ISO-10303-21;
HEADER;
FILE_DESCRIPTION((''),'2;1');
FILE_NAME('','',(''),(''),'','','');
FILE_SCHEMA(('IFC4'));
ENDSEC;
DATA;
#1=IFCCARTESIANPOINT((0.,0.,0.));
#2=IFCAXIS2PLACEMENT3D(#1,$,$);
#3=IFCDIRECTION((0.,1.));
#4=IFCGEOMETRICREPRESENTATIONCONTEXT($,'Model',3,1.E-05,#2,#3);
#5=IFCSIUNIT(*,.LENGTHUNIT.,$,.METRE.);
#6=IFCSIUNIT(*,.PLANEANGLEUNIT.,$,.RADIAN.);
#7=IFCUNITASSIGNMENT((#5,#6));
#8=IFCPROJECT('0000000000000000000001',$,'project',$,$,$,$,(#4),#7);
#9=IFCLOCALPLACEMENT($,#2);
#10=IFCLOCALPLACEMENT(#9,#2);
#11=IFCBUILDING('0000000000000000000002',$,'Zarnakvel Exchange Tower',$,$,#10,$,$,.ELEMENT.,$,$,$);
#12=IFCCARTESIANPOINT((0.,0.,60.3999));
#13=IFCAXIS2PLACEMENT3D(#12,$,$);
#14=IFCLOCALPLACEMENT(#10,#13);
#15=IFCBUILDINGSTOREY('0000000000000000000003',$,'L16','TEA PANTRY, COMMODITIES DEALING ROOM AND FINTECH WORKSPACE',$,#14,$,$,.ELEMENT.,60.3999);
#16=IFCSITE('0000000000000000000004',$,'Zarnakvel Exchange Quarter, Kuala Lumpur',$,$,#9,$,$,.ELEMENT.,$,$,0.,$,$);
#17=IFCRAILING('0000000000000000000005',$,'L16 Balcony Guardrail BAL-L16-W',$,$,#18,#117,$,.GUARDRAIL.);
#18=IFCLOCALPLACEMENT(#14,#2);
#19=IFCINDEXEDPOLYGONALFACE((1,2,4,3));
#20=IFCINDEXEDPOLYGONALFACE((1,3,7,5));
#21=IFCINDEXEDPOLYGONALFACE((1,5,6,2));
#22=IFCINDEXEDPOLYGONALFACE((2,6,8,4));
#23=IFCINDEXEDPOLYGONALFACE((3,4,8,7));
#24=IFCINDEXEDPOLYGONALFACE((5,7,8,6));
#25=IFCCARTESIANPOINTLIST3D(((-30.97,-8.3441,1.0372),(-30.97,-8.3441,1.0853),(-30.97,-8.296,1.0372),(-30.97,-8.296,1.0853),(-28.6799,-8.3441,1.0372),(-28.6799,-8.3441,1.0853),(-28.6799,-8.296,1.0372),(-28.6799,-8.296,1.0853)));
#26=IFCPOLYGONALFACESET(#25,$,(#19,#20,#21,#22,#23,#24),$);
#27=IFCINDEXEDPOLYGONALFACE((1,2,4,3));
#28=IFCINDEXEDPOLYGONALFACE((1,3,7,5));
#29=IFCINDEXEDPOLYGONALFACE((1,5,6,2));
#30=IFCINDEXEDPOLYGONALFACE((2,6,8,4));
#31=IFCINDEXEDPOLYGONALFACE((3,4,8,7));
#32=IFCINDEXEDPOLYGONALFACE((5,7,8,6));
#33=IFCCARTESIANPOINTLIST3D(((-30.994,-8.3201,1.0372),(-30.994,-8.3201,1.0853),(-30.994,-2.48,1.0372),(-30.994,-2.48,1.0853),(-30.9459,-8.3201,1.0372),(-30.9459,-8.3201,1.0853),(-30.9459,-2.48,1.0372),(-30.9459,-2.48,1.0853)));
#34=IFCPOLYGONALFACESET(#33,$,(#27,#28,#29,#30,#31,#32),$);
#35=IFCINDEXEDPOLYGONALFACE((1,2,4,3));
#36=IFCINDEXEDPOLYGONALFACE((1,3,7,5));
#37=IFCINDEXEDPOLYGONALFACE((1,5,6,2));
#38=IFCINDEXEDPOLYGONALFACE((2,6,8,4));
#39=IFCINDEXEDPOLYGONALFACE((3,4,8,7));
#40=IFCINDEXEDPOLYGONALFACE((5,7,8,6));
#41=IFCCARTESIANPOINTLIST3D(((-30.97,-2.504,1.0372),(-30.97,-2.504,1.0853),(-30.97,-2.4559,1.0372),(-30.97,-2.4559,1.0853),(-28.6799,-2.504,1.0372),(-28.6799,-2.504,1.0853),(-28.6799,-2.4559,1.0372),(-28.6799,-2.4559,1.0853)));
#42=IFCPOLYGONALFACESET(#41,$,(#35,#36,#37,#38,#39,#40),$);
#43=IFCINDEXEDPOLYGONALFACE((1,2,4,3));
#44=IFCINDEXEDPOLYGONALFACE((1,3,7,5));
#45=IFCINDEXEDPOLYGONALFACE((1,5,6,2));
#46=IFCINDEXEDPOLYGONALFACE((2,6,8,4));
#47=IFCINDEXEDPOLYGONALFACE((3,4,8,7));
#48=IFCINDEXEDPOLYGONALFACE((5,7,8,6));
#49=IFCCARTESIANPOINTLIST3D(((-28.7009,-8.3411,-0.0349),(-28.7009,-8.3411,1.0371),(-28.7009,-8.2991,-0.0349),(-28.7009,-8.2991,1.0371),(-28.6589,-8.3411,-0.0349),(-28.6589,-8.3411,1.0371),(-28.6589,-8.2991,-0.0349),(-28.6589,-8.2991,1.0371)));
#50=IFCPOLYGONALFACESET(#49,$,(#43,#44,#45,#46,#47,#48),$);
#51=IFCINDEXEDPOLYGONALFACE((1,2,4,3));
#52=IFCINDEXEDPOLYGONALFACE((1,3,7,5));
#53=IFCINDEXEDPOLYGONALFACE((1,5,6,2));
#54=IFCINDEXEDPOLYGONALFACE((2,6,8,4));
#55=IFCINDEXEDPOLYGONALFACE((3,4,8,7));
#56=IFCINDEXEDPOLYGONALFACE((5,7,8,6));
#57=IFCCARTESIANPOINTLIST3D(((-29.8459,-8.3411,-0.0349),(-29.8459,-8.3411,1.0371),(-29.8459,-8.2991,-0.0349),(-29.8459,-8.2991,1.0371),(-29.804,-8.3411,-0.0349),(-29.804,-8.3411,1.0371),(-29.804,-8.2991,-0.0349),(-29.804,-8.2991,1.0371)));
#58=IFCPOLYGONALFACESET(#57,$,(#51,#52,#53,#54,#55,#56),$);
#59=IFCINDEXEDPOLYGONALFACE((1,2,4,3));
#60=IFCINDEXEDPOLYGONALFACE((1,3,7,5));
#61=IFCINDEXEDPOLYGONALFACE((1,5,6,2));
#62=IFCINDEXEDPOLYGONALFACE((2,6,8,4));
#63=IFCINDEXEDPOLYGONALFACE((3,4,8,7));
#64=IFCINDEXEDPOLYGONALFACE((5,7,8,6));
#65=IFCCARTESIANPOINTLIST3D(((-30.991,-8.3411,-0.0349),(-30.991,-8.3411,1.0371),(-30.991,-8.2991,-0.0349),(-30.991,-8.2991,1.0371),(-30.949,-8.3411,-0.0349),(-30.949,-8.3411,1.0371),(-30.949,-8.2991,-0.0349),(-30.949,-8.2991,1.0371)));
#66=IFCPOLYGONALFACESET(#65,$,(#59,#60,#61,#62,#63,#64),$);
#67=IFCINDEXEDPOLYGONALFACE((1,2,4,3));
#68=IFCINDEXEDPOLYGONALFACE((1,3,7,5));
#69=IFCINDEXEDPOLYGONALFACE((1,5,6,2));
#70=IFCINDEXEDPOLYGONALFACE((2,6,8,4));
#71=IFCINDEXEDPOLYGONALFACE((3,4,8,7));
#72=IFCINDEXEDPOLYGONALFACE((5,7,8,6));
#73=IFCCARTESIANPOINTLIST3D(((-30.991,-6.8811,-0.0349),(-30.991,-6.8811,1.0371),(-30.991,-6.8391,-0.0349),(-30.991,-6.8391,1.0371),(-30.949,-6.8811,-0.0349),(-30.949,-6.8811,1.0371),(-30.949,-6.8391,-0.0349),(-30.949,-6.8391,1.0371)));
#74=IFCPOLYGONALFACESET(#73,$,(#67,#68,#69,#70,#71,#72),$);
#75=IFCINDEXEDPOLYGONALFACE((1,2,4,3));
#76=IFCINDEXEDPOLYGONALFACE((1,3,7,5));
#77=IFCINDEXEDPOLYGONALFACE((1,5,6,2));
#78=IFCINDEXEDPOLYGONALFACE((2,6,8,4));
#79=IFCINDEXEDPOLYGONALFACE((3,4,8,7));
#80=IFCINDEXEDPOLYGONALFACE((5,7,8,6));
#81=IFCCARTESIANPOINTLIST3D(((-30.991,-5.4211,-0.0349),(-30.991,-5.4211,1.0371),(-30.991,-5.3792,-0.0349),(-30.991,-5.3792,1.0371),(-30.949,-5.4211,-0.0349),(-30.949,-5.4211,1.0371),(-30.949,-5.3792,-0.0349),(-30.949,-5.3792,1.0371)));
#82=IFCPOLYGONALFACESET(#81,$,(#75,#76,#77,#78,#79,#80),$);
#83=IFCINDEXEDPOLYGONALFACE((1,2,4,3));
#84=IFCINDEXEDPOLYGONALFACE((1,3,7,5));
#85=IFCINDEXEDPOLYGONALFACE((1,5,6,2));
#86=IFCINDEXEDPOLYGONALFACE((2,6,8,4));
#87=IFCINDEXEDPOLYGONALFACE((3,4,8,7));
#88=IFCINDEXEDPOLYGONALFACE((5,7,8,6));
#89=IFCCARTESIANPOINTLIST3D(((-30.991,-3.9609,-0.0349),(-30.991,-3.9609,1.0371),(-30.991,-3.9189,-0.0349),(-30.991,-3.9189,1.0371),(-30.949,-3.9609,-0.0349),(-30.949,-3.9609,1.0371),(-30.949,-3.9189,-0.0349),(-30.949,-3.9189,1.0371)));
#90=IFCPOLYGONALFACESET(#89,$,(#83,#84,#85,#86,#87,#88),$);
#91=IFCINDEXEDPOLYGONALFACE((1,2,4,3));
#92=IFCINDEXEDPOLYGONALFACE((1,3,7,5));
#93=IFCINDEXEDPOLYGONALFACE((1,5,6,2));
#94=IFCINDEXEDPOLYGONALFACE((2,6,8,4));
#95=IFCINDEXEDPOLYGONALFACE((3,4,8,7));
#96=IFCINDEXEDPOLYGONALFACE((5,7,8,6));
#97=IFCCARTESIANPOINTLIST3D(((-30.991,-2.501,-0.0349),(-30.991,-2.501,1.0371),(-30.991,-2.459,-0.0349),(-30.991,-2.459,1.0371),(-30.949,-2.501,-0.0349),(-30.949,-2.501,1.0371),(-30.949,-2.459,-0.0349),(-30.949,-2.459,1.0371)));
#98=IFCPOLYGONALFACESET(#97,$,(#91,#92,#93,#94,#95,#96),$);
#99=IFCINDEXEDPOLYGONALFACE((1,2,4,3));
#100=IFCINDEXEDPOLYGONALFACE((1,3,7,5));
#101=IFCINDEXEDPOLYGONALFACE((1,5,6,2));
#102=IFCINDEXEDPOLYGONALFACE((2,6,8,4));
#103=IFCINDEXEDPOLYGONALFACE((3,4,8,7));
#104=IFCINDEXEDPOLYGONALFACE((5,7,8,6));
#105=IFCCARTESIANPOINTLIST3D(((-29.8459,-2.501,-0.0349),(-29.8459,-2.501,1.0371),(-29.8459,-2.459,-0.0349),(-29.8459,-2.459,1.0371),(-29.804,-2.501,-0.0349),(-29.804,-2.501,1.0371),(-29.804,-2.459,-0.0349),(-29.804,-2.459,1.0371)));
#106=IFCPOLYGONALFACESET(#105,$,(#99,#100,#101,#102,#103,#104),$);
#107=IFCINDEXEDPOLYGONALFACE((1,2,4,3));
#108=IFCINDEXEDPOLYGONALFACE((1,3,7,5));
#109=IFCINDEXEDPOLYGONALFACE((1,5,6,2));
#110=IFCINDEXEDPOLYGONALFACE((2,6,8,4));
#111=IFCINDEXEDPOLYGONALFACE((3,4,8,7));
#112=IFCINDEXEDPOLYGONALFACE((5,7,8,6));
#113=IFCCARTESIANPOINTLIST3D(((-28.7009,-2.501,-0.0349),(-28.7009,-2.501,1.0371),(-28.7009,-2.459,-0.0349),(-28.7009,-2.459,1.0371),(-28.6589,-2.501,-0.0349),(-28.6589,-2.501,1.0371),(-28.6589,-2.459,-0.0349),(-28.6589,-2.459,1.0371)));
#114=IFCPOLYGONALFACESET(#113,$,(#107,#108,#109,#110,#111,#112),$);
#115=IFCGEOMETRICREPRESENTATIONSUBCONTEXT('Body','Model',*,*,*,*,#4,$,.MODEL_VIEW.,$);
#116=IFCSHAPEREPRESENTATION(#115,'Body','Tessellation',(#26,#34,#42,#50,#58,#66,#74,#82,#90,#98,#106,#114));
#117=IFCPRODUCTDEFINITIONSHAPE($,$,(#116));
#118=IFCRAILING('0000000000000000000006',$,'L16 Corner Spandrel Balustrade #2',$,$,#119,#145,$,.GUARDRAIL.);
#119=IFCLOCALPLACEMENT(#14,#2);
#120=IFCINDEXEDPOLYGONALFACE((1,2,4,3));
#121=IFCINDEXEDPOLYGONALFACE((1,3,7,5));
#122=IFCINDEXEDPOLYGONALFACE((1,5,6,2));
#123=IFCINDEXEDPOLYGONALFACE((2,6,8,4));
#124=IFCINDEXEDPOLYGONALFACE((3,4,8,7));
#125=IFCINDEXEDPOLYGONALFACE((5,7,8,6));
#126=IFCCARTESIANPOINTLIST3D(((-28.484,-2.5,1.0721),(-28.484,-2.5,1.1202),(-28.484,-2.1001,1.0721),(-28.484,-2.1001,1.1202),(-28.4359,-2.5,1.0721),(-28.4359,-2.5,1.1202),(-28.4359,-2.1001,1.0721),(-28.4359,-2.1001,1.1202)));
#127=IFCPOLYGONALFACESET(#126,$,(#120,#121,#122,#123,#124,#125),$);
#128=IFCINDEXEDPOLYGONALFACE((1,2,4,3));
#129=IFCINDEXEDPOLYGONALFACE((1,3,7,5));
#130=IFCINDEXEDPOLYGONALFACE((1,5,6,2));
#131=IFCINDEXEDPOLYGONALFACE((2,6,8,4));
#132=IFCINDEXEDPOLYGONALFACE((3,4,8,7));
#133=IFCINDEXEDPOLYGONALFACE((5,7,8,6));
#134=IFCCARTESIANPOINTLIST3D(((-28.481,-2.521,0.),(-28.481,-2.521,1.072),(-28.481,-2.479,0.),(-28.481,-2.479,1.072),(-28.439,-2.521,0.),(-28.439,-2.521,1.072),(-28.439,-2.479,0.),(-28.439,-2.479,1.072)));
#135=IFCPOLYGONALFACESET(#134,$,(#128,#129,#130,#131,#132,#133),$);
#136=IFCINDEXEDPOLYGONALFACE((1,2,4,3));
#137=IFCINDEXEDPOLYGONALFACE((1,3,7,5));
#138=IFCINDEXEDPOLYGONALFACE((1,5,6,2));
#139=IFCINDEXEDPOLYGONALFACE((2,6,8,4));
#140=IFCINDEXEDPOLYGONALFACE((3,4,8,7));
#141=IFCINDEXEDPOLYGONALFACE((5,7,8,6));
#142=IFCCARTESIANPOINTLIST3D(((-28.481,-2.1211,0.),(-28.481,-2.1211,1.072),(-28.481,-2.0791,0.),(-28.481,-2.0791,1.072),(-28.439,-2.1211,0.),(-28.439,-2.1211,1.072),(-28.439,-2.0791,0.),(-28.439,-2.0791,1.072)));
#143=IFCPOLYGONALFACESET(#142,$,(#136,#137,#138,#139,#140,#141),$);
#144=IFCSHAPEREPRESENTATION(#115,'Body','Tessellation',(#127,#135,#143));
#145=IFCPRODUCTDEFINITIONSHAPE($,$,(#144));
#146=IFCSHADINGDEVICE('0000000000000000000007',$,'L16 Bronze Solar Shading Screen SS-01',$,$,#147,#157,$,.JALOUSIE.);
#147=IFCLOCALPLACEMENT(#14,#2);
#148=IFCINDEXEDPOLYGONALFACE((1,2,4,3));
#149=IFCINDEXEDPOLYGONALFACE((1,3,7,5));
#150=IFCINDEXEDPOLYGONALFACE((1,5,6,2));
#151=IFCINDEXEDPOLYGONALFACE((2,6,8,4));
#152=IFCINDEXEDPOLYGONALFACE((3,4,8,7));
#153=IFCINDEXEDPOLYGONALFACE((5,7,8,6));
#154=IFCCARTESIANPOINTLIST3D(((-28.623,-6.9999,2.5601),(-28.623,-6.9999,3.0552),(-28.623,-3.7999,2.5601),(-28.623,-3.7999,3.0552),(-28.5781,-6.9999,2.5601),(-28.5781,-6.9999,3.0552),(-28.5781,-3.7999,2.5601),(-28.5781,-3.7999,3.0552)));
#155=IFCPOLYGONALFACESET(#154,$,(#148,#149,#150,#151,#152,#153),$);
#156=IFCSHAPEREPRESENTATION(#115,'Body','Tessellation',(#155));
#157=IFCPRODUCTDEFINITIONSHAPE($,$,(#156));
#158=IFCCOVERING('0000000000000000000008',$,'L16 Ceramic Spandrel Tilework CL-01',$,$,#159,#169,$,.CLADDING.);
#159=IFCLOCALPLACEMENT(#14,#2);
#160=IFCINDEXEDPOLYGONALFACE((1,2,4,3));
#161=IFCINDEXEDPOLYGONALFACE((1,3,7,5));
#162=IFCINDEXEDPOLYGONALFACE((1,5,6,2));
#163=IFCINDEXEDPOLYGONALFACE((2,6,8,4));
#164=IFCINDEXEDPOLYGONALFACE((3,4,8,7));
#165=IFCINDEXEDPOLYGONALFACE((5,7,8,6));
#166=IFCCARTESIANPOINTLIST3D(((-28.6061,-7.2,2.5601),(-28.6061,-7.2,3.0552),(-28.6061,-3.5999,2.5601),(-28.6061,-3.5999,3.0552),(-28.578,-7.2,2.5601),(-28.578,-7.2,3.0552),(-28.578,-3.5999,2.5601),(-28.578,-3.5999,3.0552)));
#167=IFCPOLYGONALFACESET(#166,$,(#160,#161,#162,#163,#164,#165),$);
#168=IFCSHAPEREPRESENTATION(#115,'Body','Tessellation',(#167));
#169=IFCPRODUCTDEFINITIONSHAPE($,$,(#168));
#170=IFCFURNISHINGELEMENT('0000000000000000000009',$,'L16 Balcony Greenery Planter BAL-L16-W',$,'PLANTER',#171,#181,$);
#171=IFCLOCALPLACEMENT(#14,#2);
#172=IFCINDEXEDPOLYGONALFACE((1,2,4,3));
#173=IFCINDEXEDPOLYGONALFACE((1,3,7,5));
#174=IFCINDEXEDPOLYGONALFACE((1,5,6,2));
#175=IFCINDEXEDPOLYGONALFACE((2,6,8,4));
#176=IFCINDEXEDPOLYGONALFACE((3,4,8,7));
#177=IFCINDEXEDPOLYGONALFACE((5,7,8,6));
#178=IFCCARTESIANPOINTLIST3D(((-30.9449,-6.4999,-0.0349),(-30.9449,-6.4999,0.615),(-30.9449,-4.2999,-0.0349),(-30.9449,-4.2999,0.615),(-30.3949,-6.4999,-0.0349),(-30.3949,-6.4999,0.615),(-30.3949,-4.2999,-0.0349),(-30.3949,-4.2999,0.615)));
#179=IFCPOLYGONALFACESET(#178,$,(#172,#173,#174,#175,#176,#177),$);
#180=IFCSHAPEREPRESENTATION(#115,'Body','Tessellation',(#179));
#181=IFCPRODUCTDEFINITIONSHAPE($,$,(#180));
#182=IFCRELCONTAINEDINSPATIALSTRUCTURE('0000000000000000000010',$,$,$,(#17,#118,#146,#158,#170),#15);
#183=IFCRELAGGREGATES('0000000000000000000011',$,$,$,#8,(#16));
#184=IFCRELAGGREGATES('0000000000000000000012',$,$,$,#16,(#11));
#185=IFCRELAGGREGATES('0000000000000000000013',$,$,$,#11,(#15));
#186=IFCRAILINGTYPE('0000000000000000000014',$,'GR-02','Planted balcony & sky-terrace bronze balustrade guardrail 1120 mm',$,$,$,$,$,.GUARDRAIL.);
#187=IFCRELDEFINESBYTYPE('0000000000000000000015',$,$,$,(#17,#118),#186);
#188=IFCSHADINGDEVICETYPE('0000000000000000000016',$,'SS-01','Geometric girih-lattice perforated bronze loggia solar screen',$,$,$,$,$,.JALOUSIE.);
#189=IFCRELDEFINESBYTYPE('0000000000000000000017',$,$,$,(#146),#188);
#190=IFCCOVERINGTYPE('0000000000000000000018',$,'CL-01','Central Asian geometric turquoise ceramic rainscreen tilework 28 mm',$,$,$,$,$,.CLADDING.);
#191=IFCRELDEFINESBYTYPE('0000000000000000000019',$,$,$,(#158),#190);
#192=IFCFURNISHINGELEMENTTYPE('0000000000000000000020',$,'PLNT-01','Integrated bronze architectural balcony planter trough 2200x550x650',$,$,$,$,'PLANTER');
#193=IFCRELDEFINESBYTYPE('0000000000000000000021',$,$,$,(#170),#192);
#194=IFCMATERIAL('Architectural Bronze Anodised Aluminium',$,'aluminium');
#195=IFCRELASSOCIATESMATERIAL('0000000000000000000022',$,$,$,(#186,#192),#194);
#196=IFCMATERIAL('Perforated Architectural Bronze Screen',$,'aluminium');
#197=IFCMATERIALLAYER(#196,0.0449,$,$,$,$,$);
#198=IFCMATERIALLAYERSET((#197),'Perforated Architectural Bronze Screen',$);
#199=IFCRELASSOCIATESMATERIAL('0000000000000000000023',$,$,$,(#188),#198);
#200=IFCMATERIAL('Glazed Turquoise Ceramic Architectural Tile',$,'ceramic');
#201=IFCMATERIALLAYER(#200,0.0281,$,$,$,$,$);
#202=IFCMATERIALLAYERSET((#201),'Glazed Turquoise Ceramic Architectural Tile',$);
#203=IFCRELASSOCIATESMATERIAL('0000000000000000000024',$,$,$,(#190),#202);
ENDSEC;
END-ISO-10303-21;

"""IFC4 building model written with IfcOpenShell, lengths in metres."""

from ifc_helpers import new_model, si_unit, direction, frame, origin, origin_2d, place, context, subcontext, project, spatial, rectangle, extrude, source, transform, mapped, material, layer, layer_set, type_object, element, save


model = new_model("IFC4")

# Units and contexts
model_context = context("Model", 3, precision=1e-05, world=origin(), true_north=direction((0.0, 1.0)))
body_context = subcontext(model_context, "Body", "Model", "MODEL_VIEW")
ifc_project = project(units=[si_unit("LENGTHUNIT", "METRE"), si_unit("PLANEANGLEUNIT", "RADIAN")], contexts=[model_context])

# Site, building, storey
site_placement = place(None, origin())
site = spatial("IfcSite", under=ifc_project, at=site_placement, Name="Zarnakvel Exchange Quarter, Kuala Lumpur", CompositionType="ELEMENT", RefElevation=0.0)
building_placement = place(site_placement, origin())
building = spatial("IfcBuilding", under=site, at=building_placement, Name="Zarnakvel Exchange Tower", CompositionType="ELEMENT")
storey_placement = place(building_placement, frame((0.0, 0.0, 60.3999)))
storey = spatial("IfcBuildingStorey", under=building, at=storey_placement, Name="L16", Description="TEA PANTRY, COMMODITIES DEALING ROOM AND FINTECH WORKSPACE", CompositionType="ELEMENT", Elevation=60.3999)

# Shared definitions
ifc_material_1 = material(Name="Architectural Bronze Anodised Aluminium", Category="aluminium")

# Railings
railing_type = type_object("IfcRailingType", Name="GR-02", Description="Planted balcony & sky-terrace bronze balustrade guardrail 1120 mm", PredefinedType="GUARDRAIL", material=ifc_material_1)
railing_1_placement = place(storey_placement, frame((-28.6799, -8.3201, -0.0349)))
element("IfcRailing", 1, at=railing_1_placement, inside=storey, type_object=railing_type, Name="L16 Balcony Guardrail BAL-L16-W", PredefinedType="GUARDRAIL", context=body_context, shape_type="SweptSolid", body=[
    extrude(rectangle(XDim=0.0481, YDim=0.0481, at=origin_2d()), frame((0.0, 0.0, 1.0962), z_axis=(-1.0, 0.0, 0.0), x_axis=(0.0, -1.0, 0.0)), (0.0, 0.0, 1.0), 2.29),
    extrude(rectangle(XDim=0.0481, YDim=0.0481, at=origin_2d()), frame((-2.29, 0.0, 1.0962), z_axis=(0.0, 1.0, 0.0), x_axis=(-1.0, 0.0, 0.0)), (0.0, 0.0, 1.0), 5.8401),
    extrude(rectangle(XDim=0.0481, YDim=0.0481, at=origin_2d()), frame((-2.29, 5.8401, 1.0962), z_axis=(1.0, 0.0, 0.0), x_axis=(0.0, 1.0, 0.0)), (0.0, 0.0, 1.0), 2.29),
    extrude(rectangle(XDim=0.042, YDim=0.042, at=origin_2d()), origin(), (0.0, 0.0, 1.0), 1.072),
    extrude(rectangle(XDim=0.042, YDim=0.042, at=origin_2d()), frame((-1.145, 0.0, 0.0)), (0.0, 0.0, 1.0), 1.072),
    extrude(rectangle(XDim=0.042, YDim=0.042, at=origin_2d()), frame((-2.29, 0.0, 0.0)), (0.0, 0.0, 1.0), 1.072),
    extrude(rectangle(XDim=0.042, YDim=0.042, at=origin_2d()), frame((-2.29, 1.46, 0.0)), (0.0, 0.0, 1.0), 1.072),
    extrude(rectangle(XDim=0.042, YDim=0.042, at=origin_2d()), frame((-2.29, 2.9199, 0.0)), (0.0, 0.0, 1.0), 1.072),
    extrude(rectangle(XDim=0.042, YDim=0.042, at=origin_2d()), frame((-2.29, 4.3801, 0.0)), (0.0, 0.0, 1.0), 1.072),
    extrude(rectangle(XDim=0.042, YDim=0.042, at=origin_2d()), frame((-2.29, 5.8401, 0.0)), (0.0, 0.0, 1.0), 1.072),
    extrude(rectangle(XDim=0.042, YDim=0.042, at=origin_2d()), frame((-1.145, 5.8401, 0.0)), (0.0, 0.0, 1.0), 1.072),
    extrude(rectangle(XDim=0.042, YDim=0.042, at=origin_2d()), frame((0.0, 5.8401, 0.0)), (0.0, 0.0, 1.0), 1.072),
])
railing_2_placement = place(storey_placement, frame((-28.46, -2.5, 0.0)))
element("IfcRailing", 2, at=railing_2_placement, inside=storey, type_object=railing_type, Name="L16 Corner Spandrel Balustrade #2", PredefinedType="GUARDRAIL", context=body_context, shape_type="SweptSolid", body=[
    extrude(rectangle(XDim=0.0481, YDim=0.0481, at=origin_2d()), frame((0.0, 0.0, 1.0962), z_axis=(0.0, 1.0, 0.0), x_axis=(-1.0, 0.0, 0.0)), (0.0, 0.0, 1.0), 0.3999),
    extrude(rectangle(XDim=0.042, YDim=0.042, at=origin_2d()), origin(), (0.0, 0.0, 1.0), 1.072),
    extrude(rectangle(XDim=0.042, YDim=0.042, at=origin_2d()), frame((0.0, 0.3999, 0.0)), (0.0, 0.0, 1.0), 1.072),
])

# Shading device
ifc_material_2 = material(Name="Perforated Architectural Bronze Screen", Category="aluminium")
ifc_layer_1 = layer(ifc_material_2, 0.0449)
ifc_layer_set_1 = layer_set([ifc_layer_1], Name="Perforated Architectural Bronze Screen")
shading_device_type = type_object("IfcShadingDeviceType", Name="SS-01", Description="Geometric girih-lattice perforated bronze loggia solar screen", PredefinedType="JALOUSIE", material=ifc_layer_set_1)
shared_shape_1 = source(origin(), body_context, "Body", "SweptSolid", [
    extrude(rectangle(XDim=3.2, YDim=0.0449, at=origin_2d()), origin(), (0.0, 0.0, 1.0), 0.4951),
])
shading_device_placement = place(storey_placement, frame((-28.6006, -5.3999, 2.5601), z_axis=(0.0, 0.0, 1.0), x_axis=(0.0, 1.0, 0.0)))
element("IfcShadingDevice", 3, at=shading_device_placement, inside=storey, type_object=shading_device_type, Name="L16 Bronze Solar Shading Screen SS-01", PredefinedType="JALOUSIE", context=body_context, shape_type="MappedRepresentation", body=[
    mapped(shared_shape_1, transform((0.0, 0.0, 0.0), x_axis=(1.0, 0.0, 0.0), y_axis=(0.0, 1.0, 0.0), z_axis=(0.0, 0.0, 1.0), scale=1.0)),
])

# Covering
ifc_material_3 = material(Name="Glazed Turquoise Ceramic Architectural Tile", Category="ceramic")
ifc_layer_2 = layer(ifc_material_3, 0.0281)
ifc_layer_set_2 = layer_set([ifc_layer_2], Name="Glazed Turquoise Ceramic Architectural Tile")
covering_type = type_object("IfcCoveringType", Name="CL-01", Description="Central Asian geometric turquoise ceramic rainscreen tilework 28 mm", PredefinedType="CLADDING", material=ifc_layer_set_2)
shared_shape_2 = source(origin(), body_context, "Body", "SweptSolid", [
    extrude(rectangle(XDim=3.6001, YDim=0.0281, at=origin_2d()), origin(), (0.0, 0.0, 1.0), 0.4951),
])
covering_placement = place(storey_placement, frame((-28.592, -5.3999, 2.5601), z_axis=(0.0, 0.0, 1.0), x_axis=(0.0, 1.0, 0.0)))
element("IfcCovering", 4, at=covering_placement, inside=storey, type_object=covering_type, Name="L16 Ceramic Spandrel Tilework CL-01", PredefinedType="CLADDING", context=body_context, shape_type="MappedRepresentation", body=[
    mapped(shared_shape_2, transform((0.0, 0.0, 0.0), x_axis=(1.0, 0.0, 0.0), y_axis=(0.0, 1.0, 0.0), z_axis=(0.0, 0.0, 1.0), scale=1.0)),
])

# Furnishing element
furnishing_element_type = type_object("IfcFurnishingElementType", Name="PLNT-01", Description="Integrated bronze architectural balcony planter trough 2200x550x650", ElementType="PLANTER", material=ifc_material_1)
shared_shape_3 = source(origin(), body_context, "Body", "SweptSolid", [
    extrude(rectangle(XDim=2.2, YDim=0.55, at=origin_2d()), origin(), (0.0, 0.0, 1.0), 0.6499),
])
furnishing_placement = place(storey_placement, frame((-30.6699, -5.3999, -0.0349), z_axis=(0.0, 0.0, 1.0), x_axis=(0.0, 1.0, 0.0)))
element("IfcFurnishingElement", 5, at=furnishing_placement, inside=storey, type_object=furnishing_element_type, Name="L16 Balcony Greenery Planter BAL-L16-W", ObjectType="PLANTER", context=body_context, shape_type="MappedRepresentation", body=[
    mapped(shared_shape_3, transform((0.0, 0.0, 0.0), x_axis=(1.0, 0.0, 0.0), y_axis=(0.0, 1.0, 0.0), z_axis=(0.0, 0.0, 1.0), scale=1.0)),
])

save(model, "model.ifc")
